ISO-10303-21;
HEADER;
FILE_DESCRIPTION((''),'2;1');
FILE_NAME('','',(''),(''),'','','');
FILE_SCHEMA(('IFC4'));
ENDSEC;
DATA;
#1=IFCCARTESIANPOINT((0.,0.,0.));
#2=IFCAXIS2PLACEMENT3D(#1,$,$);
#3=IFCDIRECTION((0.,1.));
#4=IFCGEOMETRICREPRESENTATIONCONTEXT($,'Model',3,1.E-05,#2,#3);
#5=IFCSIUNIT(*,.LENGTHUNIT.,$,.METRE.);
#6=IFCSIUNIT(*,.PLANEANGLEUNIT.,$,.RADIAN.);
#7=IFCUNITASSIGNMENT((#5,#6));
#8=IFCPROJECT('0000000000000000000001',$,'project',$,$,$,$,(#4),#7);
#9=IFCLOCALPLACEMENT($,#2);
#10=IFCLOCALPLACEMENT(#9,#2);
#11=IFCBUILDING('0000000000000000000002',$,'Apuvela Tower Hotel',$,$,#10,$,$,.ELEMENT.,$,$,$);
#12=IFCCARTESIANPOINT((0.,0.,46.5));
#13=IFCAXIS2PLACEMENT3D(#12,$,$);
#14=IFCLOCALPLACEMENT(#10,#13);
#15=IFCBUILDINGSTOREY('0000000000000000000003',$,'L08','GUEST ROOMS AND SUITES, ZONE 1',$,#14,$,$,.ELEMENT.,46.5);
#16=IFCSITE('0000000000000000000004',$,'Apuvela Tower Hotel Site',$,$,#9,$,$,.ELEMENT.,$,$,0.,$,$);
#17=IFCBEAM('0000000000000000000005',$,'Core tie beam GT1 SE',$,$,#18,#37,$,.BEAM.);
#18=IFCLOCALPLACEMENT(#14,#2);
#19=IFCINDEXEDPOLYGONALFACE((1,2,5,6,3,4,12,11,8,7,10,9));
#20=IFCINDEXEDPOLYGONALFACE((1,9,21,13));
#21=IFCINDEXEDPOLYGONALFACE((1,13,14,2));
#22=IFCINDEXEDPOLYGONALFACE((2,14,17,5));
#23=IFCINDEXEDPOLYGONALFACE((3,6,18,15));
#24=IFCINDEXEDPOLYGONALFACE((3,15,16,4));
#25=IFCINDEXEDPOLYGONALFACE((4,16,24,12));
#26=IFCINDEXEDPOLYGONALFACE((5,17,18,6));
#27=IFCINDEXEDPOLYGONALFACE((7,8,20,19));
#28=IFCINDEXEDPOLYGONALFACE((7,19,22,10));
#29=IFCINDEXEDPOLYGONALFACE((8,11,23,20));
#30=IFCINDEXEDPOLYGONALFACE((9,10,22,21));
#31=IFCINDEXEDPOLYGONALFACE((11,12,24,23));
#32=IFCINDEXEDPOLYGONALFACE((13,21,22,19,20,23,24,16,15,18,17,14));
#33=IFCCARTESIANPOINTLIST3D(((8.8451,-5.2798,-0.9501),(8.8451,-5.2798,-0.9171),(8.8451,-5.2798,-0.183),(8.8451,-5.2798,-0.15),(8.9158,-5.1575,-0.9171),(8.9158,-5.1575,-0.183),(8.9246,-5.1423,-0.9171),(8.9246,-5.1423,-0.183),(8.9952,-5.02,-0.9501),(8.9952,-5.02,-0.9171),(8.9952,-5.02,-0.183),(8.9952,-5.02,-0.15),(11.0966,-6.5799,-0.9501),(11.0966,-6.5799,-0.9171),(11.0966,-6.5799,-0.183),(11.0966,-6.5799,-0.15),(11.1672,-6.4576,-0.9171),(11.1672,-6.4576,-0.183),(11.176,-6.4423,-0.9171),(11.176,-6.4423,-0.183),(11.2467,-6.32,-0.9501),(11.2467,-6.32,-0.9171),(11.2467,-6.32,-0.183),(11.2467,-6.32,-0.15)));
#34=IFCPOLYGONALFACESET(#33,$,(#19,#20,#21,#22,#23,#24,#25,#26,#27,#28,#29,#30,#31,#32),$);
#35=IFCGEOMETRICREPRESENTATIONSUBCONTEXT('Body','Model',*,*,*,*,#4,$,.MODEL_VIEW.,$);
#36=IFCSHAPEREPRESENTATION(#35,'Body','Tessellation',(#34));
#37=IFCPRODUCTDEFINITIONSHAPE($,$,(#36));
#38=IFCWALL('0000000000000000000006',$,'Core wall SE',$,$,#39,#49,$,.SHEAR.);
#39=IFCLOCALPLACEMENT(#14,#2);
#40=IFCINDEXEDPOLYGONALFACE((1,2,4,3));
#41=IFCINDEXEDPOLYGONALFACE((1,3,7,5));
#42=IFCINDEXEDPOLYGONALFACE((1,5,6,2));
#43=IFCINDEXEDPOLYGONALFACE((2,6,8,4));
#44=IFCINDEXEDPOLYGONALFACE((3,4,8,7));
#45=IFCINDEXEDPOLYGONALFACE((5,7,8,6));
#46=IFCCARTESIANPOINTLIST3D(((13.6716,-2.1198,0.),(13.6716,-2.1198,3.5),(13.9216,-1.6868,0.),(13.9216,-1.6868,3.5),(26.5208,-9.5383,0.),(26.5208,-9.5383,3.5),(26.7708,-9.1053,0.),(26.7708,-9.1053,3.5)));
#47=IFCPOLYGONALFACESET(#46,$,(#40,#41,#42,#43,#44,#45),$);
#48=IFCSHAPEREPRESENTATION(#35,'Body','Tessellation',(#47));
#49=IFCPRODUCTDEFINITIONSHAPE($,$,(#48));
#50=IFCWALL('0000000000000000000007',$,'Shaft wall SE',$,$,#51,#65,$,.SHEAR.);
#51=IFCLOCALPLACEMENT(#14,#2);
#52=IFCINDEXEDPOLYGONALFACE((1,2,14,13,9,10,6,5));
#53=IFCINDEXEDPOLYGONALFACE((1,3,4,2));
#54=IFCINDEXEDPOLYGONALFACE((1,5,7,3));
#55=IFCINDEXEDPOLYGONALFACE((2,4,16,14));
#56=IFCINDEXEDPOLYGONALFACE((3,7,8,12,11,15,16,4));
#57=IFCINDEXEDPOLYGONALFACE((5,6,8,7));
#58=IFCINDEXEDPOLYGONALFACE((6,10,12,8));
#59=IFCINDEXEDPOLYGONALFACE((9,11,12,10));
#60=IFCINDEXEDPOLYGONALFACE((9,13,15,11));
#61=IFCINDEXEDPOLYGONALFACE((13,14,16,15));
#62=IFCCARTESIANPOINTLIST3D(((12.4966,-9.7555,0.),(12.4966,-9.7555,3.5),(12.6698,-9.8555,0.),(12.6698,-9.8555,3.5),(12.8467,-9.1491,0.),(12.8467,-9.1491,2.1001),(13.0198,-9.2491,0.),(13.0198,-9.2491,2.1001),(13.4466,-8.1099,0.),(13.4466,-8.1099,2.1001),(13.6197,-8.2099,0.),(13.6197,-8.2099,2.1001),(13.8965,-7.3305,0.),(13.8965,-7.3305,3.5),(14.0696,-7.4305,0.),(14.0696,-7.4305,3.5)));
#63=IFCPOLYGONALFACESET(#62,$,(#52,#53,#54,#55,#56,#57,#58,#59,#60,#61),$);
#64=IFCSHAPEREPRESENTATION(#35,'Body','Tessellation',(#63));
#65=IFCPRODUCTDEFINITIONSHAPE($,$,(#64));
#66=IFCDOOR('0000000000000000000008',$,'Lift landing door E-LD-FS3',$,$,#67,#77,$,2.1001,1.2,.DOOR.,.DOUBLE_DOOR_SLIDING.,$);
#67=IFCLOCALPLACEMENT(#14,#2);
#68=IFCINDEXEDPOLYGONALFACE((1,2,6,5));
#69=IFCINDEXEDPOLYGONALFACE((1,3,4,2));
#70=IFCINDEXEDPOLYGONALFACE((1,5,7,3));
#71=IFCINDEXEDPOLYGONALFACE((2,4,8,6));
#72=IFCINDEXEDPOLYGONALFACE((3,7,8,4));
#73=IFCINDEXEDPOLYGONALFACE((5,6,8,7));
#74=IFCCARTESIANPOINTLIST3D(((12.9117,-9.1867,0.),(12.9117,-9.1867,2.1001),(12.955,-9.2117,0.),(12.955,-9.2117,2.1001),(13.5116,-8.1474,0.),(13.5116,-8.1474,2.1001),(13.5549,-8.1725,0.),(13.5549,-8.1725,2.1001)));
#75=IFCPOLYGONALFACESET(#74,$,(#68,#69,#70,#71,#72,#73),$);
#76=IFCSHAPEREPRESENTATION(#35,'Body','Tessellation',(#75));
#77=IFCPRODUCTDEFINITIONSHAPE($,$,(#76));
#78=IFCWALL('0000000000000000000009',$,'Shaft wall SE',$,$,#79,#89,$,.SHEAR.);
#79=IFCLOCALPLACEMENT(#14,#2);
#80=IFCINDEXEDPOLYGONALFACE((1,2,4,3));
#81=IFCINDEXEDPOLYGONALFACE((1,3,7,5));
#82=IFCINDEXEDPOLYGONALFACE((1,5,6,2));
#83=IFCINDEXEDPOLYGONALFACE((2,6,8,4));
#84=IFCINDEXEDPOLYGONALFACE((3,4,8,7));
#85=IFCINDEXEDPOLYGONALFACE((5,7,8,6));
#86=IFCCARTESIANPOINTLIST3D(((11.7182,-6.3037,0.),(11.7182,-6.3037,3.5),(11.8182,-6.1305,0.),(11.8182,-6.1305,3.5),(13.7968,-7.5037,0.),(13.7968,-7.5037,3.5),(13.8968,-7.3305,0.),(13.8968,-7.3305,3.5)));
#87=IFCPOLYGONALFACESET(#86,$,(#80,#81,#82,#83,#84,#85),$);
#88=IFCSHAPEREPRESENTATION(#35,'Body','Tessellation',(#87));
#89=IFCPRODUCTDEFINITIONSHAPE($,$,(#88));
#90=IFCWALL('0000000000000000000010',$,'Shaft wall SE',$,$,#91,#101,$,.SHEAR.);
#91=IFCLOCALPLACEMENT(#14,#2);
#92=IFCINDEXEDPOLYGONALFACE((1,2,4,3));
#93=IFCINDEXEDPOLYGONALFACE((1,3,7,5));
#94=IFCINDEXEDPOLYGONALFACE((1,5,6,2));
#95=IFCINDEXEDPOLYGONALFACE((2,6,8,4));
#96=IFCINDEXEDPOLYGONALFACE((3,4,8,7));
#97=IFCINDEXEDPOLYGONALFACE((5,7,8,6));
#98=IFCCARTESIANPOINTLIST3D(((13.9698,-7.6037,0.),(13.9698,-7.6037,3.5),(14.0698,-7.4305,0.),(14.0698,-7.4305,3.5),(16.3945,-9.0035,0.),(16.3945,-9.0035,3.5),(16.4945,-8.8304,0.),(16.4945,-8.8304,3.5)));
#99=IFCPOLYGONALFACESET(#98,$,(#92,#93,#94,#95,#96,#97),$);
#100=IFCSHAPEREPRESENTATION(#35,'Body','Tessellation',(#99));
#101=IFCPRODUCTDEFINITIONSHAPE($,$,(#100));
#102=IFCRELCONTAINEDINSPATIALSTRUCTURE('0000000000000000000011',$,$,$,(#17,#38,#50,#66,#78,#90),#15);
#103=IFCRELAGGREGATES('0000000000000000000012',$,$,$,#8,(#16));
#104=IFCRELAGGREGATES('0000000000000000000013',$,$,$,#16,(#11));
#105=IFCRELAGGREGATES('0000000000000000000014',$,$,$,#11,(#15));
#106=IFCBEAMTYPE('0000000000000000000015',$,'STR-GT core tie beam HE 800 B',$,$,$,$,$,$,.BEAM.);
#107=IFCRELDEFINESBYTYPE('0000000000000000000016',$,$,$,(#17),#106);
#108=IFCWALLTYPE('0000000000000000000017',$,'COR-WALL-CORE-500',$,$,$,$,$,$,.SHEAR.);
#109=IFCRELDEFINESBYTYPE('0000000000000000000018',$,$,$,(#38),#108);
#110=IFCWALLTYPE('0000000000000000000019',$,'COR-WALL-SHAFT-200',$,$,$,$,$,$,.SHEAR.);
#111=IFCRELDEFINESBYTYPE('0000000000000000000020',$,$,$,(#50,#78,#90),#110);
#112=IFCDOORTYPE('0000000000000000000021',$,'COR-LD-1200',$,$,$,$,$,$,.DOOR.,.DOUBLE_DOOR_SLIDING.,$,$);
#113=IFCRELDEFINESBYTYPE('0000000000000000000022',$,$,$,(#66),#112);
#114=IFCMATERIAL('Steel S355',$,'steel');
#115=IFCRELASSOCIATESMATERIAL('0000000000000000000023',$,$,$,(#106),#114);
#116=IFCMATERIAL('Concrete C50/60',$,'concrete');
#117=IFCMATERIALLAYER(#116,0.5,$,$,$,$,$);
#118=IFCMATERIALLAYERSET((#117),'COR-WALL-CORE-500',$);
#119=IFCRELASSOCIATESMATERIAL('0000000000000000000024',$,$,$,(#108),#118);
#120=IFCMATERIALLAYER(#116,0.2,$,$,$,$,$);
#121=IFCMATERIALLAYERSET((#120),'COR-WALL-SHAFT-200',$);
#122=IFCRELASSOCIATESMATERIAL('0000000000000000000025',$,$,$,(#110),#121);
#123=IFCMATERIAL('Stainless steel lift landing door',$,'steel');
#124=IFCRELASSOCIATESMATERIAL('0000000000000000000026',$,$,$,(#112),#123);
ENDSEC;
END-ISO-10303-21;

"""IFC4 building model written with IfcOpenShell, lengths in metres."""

from ifc_helpers import new_model, si_unit, direction, frame, frame_2d, origin, origin_2d, place, context, subcontext, project, spatial, rectangle, i_section, extrude, material, layer, layer_set, material_profile, profile_set, type_object, element, fill, save


model = new_model("IFC4")

# Units and contexts
model_context = context("Model", 3, precision=1e-05, world=origin(), true_north=direction((0.0, 1.0)))
body_context = subcontext(model_context, "Body", "Model", "MODEL_VIEW")
ifc_project = project(units=[si_unit("LENGTHUNIT", "METRE"), si_unit("PLANEANGLEUNIT", "RADIAN")], contexts=[model_context])

# Site, building, storey
site_placement = place(None, origin())
site = spatial("IfcSite", under=ifc_project, at=site_placement, Name="Apuvela Tower Hotel Site", CompositionType="ELEMENT", RefElevation=0.0)
building_placement = place(site_placement, origin())
building = spatial("IfcBuilding", under=site, at=building_placement, Name="Apuvela Tower Hotel", CompositionType="ELEMENT")
storey_placement = place(building_placement, frame((0.0, 0.0, 46.5)))
storey = spatial("IfcBuildingStorey", under=building, at=storey_placement, Name="L08", Description="GUEST ROOMS AND SUITES, ZONE 1", CompositionType="ELEMENT", Elevation=46.5)

# Beam
ifc_material_1 = material(Name="Steel S355", Category="steel")
ifc_material_profile = material_profile(ifc_material_1, i_section(OverallWidth=0.3, OverallDepth=0.8, WebThickness=0.0176, FlangeThickness=0.033, at=origin_2d()), Name="HE 800 B")
ifc_profile_set = profile_set([ifc_material_profile], Name="Steel S355")
beam_type = type_object("IfcBeamType", Name="STR-GT core tie beam HE 800 B", PredefinedType="BEAM", material=ifc_profile_set)
beam_placement = place(storey_placement, frame((11.1716, -6.45, -0.55), z_axis=(-0.865998, 0.500048, 0.0), x_axis=(-0.500048, -0.865998, 0.0)))
element("IfcBeam", 1, at=beam_placement, inside=storey, type_object=beam_type, Name="Core tie beam GT1 SE", PredefinedType="BEAM", context=body_context, shape_type="SweptSolid", body=[
    extrude(i_section(OverallWidth=0.3, OverallDepth=0.8, WebThickness=0.0176, FlangeThickness=0.033, at=origin_2d()), origin(), (0.0, 0.0, 1.0), 2.5999),
])

# Wall
ifc_material_2 = material(Name="Concrete C50/60", Category="concrete")
ifc_layer_1 = layer(ifc_material_2, 0.5)
ifc_layer_set_1 = layer_set([ifc_layer_1], Name="COR-WALL-CORE-500")
wall_type_1 = type_object("IfcWallType", Name="COR-WALL-CORE-500", PredefinedType="SHEAR", material=ifc_layer_set_1)
wall_1_placement = place(storey_placement, frame((13.7966, -1.9033, 0.0), z_axis=(0.0, 0.0, 1.0), x_axis=(0.866025, -0.500001, 0.0)))
element("IfcWall", 2, at=wall_1_placement, inside=storey, type_object=wall_type_1, Name="Core wall SE", PredefinedType="SHEAR", context=body_context, shape_type="SweptSolid", body=[
    extrude(rectangle(XDim=14.8369, YDim=0.5, at=frame_2d((7.4185, 0.0))), origin(), (0.0, 0.0, 1.0), 3.5),
])

# Wall, opening, door
ifc_layer_2 = layer(ifc_material_2, 0.2)
ifc_layer_set_2 = layer_set([ifc_layer_2], Name="COR-WALL-SHAFT-200")
wall_type_2 = type_object("IfcWallType", Name="COR-WALL-SHAFT-200", PredefinedType="SHEAR", material=ifc_layer_set_2)
wall_2_placement = place(storey_placement, frame((12.5833, -9.8054, 0.0), z_axis=(0.0, 0.0, 1.0), x_axis=(0.499946, 0.866056, 0.0)))
wall_2 = element("IfcWall", 3, at=wall_2_placement, inside=storey, type_object=wall_type_2, Name="Shaft wall SE", PredefinedType="SHEAR", context=body_context, shape_type="SweptSolid", body=[
    extrude(rectangle(XDim=2.8, YDim=0.2, at=frame_2d((1.3999, 0.0))), origin(), (0.0, 0.0, 1.0), 3.5),
])
opening_1_placement = place(wall_2_placement, frame((0.7, 0.0, 0.0)))
opening_1 = element("IfcOpeningElement", 4, at=opening_1_placement, cuts=wall_2, PredefinedType="OPENING", context=body_context, shape_type="SweptSolid", body=[
    extrude(rectangle(XDim=1.2, YDim=2.1001, at=frame_2d((0.6001, 1.05))), frame((0.0, 0.1099, 0.0), z_axis=(0.0, -1.0, 0.0), x_axis=(1.0, 0.0, 0.0)), (0.0, 0.0, 1.0), 0.22),
])
ifc_material_3 = material(Name="Stainless steel lift landing door", Category="steel")
door_type_1 = type_object("IfcDoorType", Name="COR-LD-1200", OperationType="DOUBLE_DOOR_SLIDING", PredefinedType="DOOR", material=ifc_material_3)
door_1_placement = place(opening_1_placement, origin())
door_1 = element("IfcDoor", 5, at=door_1_placement, inside=storey, type_object=door_type_1, Name="Lift landing door E-LD-FS3", OperationType="DOUBLE_DOOR_SLIDING", OverallHeight=2.1001, OverallWidth=1.2, PredefinedType="DOOR", context=body_context, shape_type="SweptSolid", body=[
    extrude(rectangle(XDim=1.2, YDim=2.1001, at=frame_2d((0.6001, 1.05))), frame((0.0, 0.0249, 0.0), z_axis=(0.0, -1.0, 0.0), x_axis=(1.0, 0.0, 0.0)), (0.0, 0.0, 1.0), 0.05),
])
fill(opening_1, door_1)

# Walls
wall_3_placement = place(storey_placement, frame((11.7681, -6.217, 0.0), z_axis=(0.0, 0.0, 1.0), x_axis=(0.86605, -0.499957, 0.0)))
element("IfcWall", 6, at=wall_3_placement, inside=storey, type_object=wall_type_2, Name="Shaft wall SE", PredefinedType="SHEAR", context=body_context, shape_type="SweptSolid", body=[
    extrude(rectangle(XDim=2.4001, YDim=0.2, at=frame_2d((1.2002, 0.0))), origin(), (0.0, 0.0, 1.0), 3.5),
])
wall_4_placement = place(storey_placement, frame((14.0198, -7.5171, 0.0), z_axis=(0.0, 0.0, 1.0), x_axis=(0.866035, -0.499984, 0.0)))
element("IfcWall", 7, at=wall_4_placement, inside=storey, type_object=wall_type_2, Name="Shaft wall SE", PredefinedType="SHEAR", context=body_context, shape_type="SweptSolid", body=[
    extrude(rectangle(XDim=2.7998, YDim=0.2, at=frame_2d((1.3999, 0.0))), origin(), (0.0, 0.0, 1.0), 3.5),
])

save(model, "model.ifc")
